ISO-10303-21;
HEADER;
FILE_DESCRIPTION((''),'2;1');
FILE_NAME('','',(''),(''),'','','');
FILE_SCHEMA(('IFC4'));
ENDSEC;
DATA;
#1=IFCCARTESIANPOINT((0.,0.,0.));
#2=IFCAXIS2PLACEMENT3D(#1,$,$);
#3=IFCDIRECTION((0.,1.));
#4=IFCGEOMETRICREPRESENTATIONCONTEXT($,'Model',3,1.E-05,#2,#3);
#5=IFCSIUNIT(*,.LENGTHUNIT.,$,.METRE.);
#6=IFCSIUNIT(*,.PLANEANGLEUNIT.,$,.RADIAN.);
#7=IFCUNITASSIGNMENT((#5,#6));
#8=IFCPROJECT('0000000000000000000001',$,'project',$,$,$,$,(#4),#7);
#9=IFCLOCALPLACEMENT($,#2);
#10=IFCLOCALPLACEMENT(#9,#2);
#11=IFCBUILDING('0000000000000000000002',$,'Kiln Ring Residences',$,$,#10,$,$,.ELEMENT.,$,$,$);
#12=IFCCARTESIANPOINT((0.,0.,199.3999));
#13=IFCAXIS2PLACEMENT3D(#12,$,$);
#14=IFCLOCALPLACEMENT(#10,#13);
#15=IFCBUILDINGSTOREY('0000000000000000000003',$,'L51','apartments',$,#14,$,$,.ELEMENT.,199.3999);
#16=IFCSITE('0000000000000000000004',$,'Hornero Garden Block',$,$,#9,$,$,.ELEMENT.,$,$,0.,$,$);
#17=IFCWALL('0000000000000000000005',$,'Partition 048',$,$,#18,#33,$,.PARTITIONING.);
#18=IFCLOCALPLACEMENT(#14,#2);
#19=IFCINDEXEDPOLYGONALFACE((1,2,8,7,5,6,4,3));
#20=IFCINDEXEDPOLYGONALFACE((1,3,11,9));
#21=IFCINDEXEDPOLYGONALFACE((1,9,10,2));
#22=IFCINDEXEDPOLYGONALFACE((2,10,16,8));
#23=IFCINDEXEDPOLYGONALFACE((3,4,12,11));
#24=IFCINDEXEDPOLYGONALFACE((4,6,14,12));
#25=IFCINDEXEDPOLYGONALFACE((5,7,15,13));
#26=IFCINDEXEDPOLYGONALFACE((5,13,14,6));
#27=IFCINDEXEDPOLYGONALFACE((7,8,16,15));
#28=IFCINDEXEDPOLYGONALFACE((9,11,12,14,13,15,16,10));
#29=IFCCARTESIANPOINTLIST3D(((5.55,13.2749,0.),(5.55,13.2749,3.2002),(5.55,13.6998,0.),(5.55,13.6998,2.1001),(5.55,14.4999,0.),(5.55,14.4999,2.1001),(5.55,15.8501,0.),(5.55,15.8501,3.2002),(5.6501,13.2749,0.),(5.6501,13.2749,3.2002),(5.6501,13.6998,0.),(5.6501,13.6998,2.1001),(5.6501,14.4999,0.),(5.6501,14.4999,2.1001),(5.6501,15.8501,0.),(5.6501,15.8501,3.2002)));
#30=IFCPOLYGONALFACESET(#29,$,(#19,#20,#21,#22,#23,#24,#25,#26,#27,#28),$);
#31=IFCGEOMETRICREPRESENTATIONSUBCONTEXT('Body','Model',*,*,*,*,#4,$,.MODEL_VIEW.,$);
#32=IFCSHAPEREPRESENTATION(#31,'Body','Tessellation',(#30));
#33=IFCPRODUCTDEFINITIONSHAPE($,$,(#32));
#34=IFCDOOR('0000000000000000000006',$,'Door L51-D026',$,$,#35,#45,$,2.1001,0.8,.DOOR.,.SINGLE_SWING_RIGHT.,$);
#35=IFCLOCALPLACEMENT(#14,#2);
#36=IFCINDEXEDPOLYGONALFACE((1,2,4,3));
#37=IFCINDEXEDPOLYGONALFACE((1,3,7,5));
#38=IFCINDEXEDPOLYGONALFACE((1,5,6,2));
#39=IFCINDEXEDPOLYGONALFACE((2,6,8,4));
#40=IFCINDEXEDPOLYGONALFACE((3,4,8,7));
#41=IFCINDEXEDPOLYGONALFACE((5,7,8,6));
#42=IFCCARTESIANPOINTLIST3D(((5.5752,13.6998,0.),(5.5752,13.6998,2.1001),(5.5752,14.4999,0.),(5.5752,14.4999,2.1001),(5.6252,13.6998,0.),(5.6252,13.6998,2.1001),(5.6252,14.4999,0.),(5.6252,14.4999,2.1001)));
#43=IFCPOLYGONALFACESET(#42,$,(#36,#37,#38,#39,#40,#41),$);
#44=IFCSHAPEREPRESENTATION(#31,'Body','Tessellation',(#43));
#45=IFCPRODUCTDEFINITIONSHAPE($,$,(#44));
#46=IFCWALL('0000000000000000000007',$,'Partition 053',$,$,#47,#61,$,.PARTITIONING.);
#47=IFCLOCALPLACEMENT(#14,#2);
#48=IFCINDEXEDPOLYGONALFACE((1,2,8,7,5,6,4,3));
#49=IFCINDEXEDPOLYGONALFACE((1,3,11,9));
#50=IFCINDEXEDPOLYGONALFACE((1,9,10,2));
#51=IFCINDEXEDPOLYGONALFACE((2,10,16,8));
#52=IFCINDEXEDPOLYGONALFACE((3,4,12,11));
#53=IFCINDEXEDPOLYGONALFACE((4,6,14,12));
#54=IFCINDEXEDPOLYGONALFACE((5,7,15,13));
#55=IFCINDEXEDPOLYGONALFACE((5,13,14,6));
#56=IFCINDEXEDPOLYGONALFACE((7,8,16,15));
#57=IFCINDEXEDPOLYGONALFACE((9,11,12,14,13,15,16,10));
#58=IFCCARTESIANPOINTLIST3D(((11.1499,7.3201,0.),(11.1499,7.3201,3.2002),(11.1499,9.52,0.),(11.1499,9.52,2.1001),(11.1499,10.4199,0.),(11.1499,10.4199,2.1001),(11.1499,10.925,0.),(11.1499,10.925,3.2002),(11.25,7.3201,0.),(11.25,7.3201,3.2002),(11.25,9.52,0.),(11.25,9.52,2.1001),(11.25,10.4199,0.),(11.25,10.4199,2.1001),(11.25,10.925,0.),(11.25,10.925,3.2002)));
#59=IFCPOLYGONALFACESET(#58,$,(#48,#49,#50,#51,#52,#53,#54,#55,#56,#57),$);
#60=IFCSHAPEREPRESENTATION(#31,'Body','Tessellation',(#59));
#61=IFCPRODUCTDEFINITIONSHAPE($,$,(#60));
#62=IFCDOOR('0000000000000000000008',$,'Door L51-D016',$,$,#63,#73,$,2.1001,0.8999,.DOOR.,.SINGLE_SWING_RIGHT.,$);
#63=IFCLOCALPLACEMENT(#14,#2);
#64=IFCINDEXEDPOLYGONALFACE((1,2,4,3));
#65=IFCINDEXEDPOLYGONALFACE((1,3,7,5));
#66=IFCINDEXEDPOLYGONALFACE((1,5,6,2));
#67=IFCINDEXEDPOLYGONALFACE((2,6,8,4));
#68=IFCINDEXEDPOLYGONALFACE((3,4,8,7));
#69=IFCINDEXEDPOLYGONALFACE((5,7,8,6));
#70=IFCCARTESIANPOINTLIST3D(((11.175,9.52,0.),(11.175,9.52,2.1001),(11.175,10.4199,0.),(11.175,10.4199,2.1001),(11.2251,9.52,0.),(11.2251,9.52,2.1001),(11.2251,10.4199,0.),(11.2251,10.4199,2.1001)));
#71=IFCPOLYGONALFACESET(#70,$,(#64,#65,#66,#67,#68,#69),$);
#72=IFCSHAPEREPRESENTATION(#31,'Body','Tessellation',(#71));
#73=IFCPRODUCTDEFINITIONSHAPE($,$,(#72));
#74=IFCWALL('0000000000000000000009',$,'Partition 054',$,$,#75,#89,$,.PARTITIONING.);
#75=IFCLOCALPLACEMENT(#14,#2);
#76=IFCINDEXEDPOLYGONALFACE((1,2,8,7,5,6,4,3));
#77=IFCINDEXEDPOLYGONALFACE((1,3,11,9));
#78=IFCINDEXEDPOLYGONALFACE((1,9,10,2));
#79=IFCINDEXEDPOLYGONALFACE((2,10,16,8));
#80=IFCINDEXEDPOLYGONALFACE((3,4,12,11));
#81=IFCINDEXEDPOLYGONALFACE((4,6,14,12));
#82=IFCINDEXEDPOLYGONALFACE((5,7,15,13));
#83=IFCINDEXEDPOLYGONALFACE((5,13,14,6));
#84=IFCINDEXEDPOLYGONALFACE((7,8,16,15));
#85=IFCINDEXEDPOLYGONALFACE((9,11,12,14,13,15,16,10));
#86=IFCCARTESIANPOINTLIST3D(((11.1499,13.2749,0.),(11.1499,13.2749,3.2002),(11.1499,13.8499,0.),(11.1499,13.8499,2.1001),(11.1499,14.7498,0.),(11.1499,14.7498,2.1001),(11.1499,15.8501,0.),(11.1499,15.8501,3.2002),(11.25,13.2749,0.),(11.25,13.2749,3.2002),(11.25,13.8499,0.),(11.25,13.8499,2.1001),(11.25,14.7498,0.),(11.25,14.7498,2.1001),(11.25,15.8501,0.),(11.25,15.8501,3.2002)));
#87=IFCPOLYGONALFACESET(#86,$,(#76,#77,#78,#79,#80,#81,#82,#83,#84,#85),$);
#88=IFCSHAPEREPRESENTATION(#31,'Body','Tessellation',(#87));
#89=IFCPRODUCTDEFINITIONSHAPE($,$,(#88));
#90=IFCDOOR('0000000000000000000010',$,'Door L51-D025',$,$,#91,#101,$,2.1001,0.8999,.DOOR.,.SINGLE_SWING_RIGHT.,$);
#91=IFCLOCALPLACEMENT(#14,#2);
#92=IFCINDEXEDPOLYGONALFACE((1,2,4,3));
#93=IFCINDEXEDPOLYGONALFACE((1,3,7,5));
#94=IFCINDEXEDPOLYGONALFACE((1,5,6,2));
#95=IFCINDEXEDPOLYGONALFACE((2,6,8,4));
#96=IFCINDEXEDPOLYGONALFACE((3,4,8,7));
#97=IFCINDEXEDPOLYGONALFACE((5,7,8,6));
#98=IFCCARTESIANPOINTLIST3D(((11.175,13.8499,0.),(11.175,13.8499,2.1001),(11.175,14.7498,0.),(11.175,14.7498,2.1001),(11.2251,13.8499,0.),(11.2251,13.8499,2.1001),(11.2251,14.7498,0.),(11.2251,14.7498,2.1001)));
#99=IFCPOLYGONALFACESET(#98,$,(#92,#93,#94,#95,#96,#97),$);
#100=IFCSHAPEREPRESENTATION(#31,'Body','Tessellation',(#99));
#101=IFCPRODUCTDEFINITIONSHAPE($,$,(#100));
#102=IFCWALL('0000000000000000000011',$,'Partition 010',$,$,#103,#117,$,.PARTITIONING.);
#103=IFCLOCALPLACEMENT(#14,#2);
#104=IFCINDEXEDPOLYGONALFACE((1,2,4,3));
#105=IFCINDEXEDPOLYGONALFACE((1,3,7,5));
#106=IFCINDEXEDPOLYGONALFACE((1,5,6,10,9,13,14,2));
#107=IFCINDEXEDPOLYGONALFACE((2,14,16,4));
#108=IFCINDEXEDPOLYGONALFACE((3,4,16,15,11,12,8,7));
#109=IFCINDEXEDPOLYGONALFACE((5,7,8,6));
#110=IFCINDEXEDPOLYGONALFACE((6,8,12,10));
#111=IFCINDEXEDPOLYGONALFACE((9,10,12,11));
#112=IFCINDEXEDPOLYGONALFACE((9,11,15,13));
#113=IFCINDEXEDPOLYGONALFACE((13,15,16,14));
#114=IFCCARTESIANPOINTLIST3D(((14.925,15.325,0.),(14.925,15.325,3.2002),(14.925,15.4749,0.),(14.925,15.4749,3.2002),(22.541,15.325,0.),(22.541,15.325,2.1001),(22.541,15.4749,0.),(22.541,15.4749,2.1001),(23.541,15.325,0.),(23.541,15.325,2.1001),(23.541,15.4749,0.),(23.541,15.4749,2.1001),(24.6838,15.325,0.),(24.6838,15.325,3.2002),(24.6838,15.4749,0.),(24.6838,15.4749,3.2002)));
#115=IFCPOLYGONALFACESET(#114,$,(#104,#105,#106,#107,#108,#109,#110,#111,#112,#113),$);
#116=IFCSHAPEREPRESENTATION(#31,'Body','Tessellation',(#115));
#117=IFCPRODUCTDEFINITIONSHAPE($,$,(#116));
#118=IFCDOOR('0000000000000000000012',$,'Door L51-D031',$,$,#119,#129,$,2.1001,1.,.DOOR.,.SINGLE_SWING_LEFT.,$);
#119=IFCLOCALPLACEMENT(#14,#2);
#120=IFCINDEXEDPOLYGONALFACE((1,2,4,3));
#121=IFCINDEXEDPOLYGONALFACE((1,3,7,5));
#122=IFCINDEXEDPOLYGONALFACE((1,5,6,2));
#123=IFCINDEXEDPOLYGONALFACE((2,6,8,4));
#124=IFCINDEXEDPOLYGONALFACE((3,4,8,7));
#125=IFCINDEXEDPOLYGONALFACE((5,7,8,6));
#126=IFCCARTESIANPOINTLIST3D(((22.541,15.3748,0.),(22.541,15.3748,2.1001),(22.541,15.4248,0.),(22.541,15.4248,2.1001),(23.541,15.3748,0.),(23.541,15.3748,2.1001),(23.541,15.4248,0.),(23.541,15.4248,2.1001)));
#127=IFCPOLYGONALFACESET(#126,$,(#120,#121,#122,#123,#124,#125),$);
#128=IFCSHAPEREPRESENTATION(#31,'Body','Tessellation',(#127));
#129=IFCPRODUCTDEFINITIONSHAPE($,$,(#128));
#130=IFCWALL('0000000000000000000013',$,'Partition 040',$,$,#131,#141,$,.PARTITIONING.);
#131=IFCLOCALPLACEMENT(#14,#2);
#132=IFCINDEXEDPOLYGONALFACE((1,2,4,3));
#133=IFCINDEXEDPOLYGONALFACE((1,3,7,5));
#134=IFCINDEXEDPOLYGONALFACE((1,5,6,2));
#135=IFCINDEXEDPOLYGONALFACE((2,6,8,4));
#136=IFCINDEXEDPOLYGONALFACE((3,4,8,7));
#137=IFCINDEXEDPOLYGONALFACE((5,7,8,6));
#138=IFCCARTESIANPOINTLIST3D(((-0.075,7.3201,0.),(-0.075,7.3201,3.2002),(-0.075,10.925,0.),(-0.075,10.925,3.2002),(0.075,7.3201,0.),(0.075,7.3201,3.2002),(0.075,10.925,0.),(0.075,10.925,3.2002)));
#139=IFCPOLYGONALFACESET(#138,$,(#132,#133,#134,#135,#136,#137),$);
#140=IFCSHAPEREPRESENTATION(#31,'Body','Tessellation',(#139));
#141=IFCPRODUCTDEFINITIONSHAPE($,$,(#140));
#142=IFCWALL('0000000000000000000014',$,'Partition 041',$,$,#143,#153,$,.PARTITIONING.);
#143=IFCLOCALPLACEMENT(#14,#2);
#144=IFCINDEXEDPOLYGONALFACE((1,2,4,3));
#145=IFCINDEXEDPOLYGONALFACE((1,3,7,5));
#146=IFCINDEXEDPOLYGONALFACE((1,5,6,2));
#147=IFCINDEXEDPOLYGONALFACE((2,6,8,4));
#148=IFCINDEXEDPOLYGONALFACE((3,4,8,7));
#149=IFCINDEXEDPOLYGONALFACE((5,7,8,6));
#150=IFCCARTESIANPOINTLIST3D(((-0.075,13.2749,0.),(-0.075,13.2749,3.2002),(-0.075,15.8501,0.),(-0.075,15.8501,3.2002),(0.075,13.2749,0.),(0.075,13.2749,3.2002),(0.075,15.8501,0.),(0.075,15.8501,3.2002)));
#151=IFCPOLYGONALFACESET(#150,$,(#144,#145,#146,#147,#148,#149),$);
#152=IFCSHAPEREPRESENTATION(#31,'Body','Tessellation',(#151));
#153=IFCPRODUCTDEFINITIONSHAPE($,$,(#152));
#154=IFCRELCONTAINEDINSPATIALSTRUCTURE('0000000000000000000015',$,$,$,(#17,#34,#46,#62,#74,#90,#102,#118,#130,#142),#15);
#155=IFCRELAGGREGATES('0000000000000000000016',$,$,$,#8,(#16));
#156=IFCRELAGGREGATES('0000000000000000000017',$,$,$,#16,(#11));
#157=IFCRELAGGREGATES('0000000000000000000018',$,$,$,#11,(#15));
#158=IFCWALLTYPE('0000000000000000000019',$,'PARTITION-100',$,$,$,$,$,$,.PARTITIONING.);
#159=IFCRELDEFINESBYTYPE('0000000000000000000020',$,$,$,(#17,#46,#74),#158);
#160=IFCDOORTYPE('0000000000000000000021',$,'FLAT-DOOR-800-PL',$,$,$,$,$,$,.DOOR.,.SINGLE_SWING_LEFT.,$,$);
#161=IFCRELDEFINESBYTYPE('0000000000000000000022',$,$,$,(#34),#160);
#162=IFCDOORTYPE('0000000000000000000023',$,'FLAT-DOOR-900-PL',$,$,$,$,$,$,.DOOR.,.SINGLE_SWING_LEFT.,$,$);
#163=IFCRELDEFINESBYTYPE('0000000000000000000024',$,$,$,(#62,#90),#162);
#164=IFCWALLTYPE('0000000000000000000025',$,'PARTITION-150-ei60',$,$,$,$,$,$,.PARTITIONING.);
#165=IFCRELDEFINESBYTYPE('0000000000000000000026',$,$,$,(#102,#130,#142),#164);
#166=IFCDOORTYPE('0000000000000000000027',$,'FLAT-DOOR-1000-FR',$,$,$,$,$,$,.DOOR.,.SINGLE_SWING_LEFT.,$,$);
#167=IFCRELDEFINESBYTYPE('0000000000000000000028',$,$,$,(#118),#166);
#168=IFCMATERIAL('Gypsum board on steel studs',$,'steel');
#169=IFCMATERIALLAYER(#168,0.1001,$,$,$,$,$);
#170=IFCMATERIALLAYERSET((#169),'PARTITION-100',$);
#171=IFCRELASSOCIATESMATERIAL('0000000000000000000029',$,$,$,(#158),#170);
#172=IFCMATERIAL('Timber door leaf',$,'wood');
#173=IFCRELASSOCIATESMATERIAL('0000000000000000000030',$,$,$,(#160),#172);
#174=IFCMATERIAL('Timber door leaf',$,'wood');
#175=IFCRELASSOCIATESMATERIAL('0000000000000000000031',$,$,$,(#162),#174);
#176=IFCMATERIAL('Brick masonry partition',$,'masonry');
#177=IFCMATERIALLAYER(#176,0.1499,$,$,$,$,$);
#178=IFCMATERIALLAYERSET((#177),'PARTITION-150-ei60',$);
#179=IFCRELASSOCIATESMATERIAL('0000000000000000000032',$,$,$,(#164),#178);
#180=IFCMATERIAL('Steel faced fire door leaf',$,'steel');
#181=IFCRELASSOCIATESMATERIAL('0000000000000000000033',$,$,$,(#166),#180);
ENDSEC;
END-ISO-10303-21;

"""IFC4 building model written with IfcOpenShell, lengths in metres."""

from ifc_helpers import new_model, si_unit, direction, frame, frame_2d, origin, place, context, subcontext, project, spatial, rectangle, extrude, material, layer, layer_set, type_object, element, fill, save


model = new_model("IFC4")

# Units and contexts
model_context = context("Model", 3, precision=1e-05, world=origin(), true_north=direction((0.0, 1.0)))
body_context = subcontext(model_context, "Body", "Model", "MODEL_VIEW")
ifc_project = project(units=[si_unit("LENGTHUNIT", "METRE"), si_unit("PLANEANGLEUNIT", "RADIAN")], contexts=[model_context])

# Site, building, storey
site_placement = place(None, origin())
site = spatial("IfcSite", under=ifc_project, at=site_placement, Name="Hornero Garden Block", CompositionType="ELEMENT", RefElevation=0.0)
building_placement = place(site_placement, origin())
building = spatial("IfcBuilding", under=site, at=building_placement, Name="Kiln Ring Residences", CompositionType="ELEMENT")
storey_placement = place(building_placement, frame((0.0, 0.0, 199.3999)))
storey = spatial("IfcBuildingStorey", under=building, at=storey_placement, Name="L51", Description="apartments", CompositionType="ELEMENT", Elevation=199.3999)

# Walls, openings, doors
ifc_material_1 = material(Name="Gypsum board on steel studs", Category="steel")
ifc_layer_1 = layer(ifc_material_1, 0.1001)
ifc_layer_set_1 = layer_set([ifc_layer_1], Name="PARTITION-100")
wall_type_1 = type_object("IfcWallType", Name="PARTITION-100", PredefinedType="PARTITIONING", material=ifc_layer_set_1)
ifc_material_2 = material(Name="Timber door leaf", Category="wood")
door_type_1 = type_object("IfcDoorType", Name="FLAT-DOOR-800-PL", OperationType="SINGLE_SWING_LEFT", PredefinedType="DOOR", material=ifc_material_2)
ifc_material_3 = material(Name="Timber door leaf", Category="wood")
door_type_2 = type_object("IfcDoorType", Name="FLAT-DOOR-900-PL", OperationType="SINGLE_SWING_LEFT", PredefinedType="DOOR", material=ifc_material_3)
wall_1_placement = place(storey_placement, frame((5.6001, 13.2749, 0.0), z_axis=(0.0, 0.0, 1.0), x_axis=(0.0, 1.0, 0.0)))
wall_1 = element("IfcWall", 1, at=wall_1_placement, inside=storey, type_object=wall_type_1, Name="Partition 048", PredefinedType="PARTITIONING", context=body_context, shape_type="SweptSolid", body=[
    extrude(rectangle(XDim=2.5752, YDim=0.1001, at=frame_2d((1.2876, 0.0))), origin(), (0.0, 0.0, 1.0), 3.2002),
])
opening_1_placement = place(wall_1_placement, frame((0.425, 0.0, 0.0)))
opening_1 = element("IfcOpeningElement", 2, at=opening_1_placement, cuts=wall_1, PredefinedType="OPENING", context=body_context, shape_type="SweptSolid", body=[
    extrude(rectangle(XDim=0.8, YDim=2.1001, at=frame_2d((0.3999, 1.05))), frame((0.0, 0.0601, 0.0), z_axis=(0.0, -1.0, 0.0), x_axis=(1.0, 0.0, 0.0)), (0.0, 0.0, 1.0), 0.1201),
])
door_1_placement = place(opening_1_placement, origin())
door_1 = element("IfcDoor", 3, at=door_1_placement, inside=storey, type_object=door_type_1, Name="Door L51-D026", OperationType="SINGLE_SWING_RIGHT", OverallHeight=2.1001, OverallWidth=0.8, PredefinedType="DOOR", context=body_context, shape_type="SweptSolid", body=[
    extrude(rectangle(XDim=0.8, YDim=2.1001, at=frame_2d((0.3999, 1.05))), frame((0.0, 0.0249, 0.0), z_axis=(0.0, -1.0, 0.0), x_axis=(1.0, 0.0, 0.0)), (0.0, 0.0, 1.0), 0.05),
])
fill(opening_1, door_1)
wall_2_placement = place(storey_placement, frame((11.2, 7.3201, 0.0), z_axis=(0.0, 0.0, 1.0), x_axis=(0.0, 1.0, 0.0)))
wall_2 = element("IfcWall", 4, at=wall_2_placement, inside=storey, type_object=wall_type_1, Name="Partition 053", PredefinedType="PARTITIONING", context=body_context, shape_type="SweptSolid", body=[
    extrude(rectangle(XDim=3.605, YDim=0.1001, at=frame_2d((1.8025, 0.0))), origin(), (0.0, 0.0, 1.0), 3.2002),
])
opening_2_placement = place(wall_2_placement, frame((2.2, 0.0, 0.0)))
opening_2 = element("IfcOpeningElement", 5, at=opening_2_placement, cuts=wall_2, PredefinedType="OPENING", context=body_context, shape_type="SweptSolid", body=[
    extrude(rectangle(XDim=0.8999, YDim=2.1001, at=frame_2d((0.45, 1.05))), frame((0.0, 0.0601, 0.0), z_axis=(0.0, -1.0, 0.0), x_axis=(1.0, 0.0, 0.0)), (0.0, 0.0, 1.0), 0.1201),
])
door_2_placement = place(opening_2_placement, origin())
door_2 = element("IfcDoor", 6, at=door_2_placement, inside=storey, type_object=door_type_2, Name="Door L51-D016", OperationType="SINGLE_SWING_RIGHT", OverallHeight=2.1001, OverallWidth=0.8999, PredefinedType="DOOR", context=body_context, shape_type="SweptSolid", body=[
    extrude(rectangle(XDim=0.8999, YDim=2.1001, at=frame_2d((0.45, 1.05))), frame((0.0, 0.0249, 0.0), z_axis=(0.0, -1.0, 0.0), x_axis=(1.0, 0.0, 0.0)), (0.0, 0.0, 1.0), 0.05),
])
fill(opening_2, door_2)
wall_3_placement = place(storey_placement, frame((11.2, 13.2749, 0.0), z_axis=(0.0, 0.0, 1.0), x_axis=(0.0, 1.0, 0.0)))
wall_3 = element("IfcWall", 7, at=wall_3_placement, inside=storey, type_object=wall_type_1, Name="Partition 054", PredefinedType="PARTITIONING", context=body_context, shape_type="SweptSolid", body=[
    extrude(rectangle(XDim=2.5752, YDim=0.1001, at=frame_2d((1.2876, 0.0))), origin(), (0.0, 0.0, 1.0), 3.2002),
])
opening_3_placement = place(wall_3_placement, frame((0.575, 0.0, 0.0)))
opening_3 = element("IfcOpeningElement", 8, at=opening_3_placement, cuts=wall_3, PredefinedType="OPENING", context=body_context, shape_type="SweptSolid", body=[
    extrude(rectangle(XDim=0.8999, YDim=2.1001, at=frame_2d((0.45, 1.05))), frame((0.0, 0.0601, 0.0), z_axis=(0.0, -1.0, 0.0), x_axis=(1.0, 0.0, 0.0)), (0.0, 0.0, 1.0), 0.1201),
])
door_3_placement = place(opening_3_placement, origin())
door_3 = element("IfcDoor", 9, at=door_3_placement, inside=storey, type_object=door_type_2, Name="Door L51-D025", OperationType="SINGLE_SWING_RIGHT", OverallHeight=2.1001, OverallWidth=0.8999, PredefinedType="DOOR", context=body_context, shape_type="SweptSolid", body=[
    extrude(rectangle(XDim=0.8999, YDim=2.1001, at=frame_2d((0.45, 1.05))), frame((0.0, 0.0249, 0.0), z_axis=(0.0, -1.0, 0.0), x_axis=(1.0, 0.0, 0.0)), (0.0, 0.0, 1.0), 0.05),
])
fill(opening_3, door_3)
ifc_material_4 = material(Name="Brick masonry partition", Category="masonry")
ifc_layer_2 = layer(ifc_material_4, 0.1499)
ifc_layer_set_2 = layer_set([ifc_layer_2], Name="PARTITION-150-ei60")
wall_type_2 = type_object("IfcWallType", Name="PARTITION-150-ei60", PredefinedType="PARTITIONING", material=ifc_layer_set_2)
wall_4_placement = place(storey_placement, frame((14.925, 15.3999, 0.0), z_axis=(0.0, 0.0, 1.0), x_axis=(1.0, 0.0, 0.0)))
wall_4 = element("IfcWall", 10, at=wall_4_placement, inside=storey, type_object=wall_type_2, Name="Partition 010", PredefinedType="PARTITIONING", context=body_context, shape_type="SweptSolid", body=[
    extrude(rectangle(XDim=9.7588, YDim=0.1499, at=frame_2d((4.8794, 0.0))), origin(), (0.0, 0.0, 1.0), 3.2002),
])
opening_4_placement = place(wall_4_placement, frame((7.616, 0.0, 0.0)))
opening_4 = element("IfcOpeningElement", 11, at=opening_4_placement, cuts=wall_4, PredefinedType="OPENING", context=body_context, shape_type="SweptSolid", body=[
    extrude(rectangle(XDim=1.0, YDim=2.1001, at=frame_2d((0.5, 1.05))), frame((0.0, 0.085, 0.0), z_axis=(0.0, -1.0, 0.0), x_axis=(1.0, 0.0, 0.0)), (0.0, 0.0, 1.0), 0.1699),
])
ifc_material_5 = material(Name="Steel faced fire door leaf", Category="steel")
door_type_3 = type_object("IfcDoorType", Name="FLAT-DOOR-1000-FR", OperationType="SINGLE_SWING_LEFT", PredefinedType="DOOR", material=ifc_material_5)
door_4_placement = place(opening_4_placement, origin())
door_4 = element("IfcDoor", 12, at=door_4_placement, inside=storey, type_object=door_type_3, Name="Door L51-D031", OperationType="SINGLE_SWING_LEFT", OverallHeight=2.1001, OverallWidth=1.0, PredefinedType="DOOR", context=body_context, shape_type="SweptSolid", body=[
    extrude(rectangle(XDim=1.0, YDim=2.1001, at=frame_2d((0.5, 1.05))), frame((0.0, 0.0249, 0.0), z_axis=(0.0, -1.0, 0.0), x_axis=(1.0, 0.0, 0.0)), (0.0, 0.0, 1.0), 0.05),
])
fill(opening_4, door_4)

# Walls
wall_5_placement = place(storey_placement, frame((0.0, 7.3201, 0.0), z_axis=(0.0, 0.0, 1.0), x_axis=(0.0, 1.0, 0.0)))
element("IfcWall", 13, at=wall_5_placement, inside=storey, type_object=wall_type_2, Name="Partition 040", PredefinedType="PARTITIONING", context=body_context, shape_type="SweptSolid", body=[
    extrude(rectangle(XDim=3.605, YDim=0.1499, at=frame_2d((1.8025, 0.0))), origin(), (0.0, 0.0, 1.0), 3.2002),
])
wall_6_placement = place(storey_placement, frame((0.0, 13.2749, 0.0), z_axis=(0.0, 0.0, 1.0), x_axis=(0.0, 1.0, 0.0)))
element("IfcWall", 14, at=wall_6_placement, inside=storey, type_object=wall_type_2, Name="Partition 041", PredefinedType="PARTITIONING", context=body_context, shape_type="SweptSolid", body=[
    extrude(rectangle(XDim=2.5752, YDim=0.1499, at=frame_2d((1.2876, 0.0))), origin(), (0.0, 0.0, 1.0), 3.2002),
])

save(model, "model.ifc")
